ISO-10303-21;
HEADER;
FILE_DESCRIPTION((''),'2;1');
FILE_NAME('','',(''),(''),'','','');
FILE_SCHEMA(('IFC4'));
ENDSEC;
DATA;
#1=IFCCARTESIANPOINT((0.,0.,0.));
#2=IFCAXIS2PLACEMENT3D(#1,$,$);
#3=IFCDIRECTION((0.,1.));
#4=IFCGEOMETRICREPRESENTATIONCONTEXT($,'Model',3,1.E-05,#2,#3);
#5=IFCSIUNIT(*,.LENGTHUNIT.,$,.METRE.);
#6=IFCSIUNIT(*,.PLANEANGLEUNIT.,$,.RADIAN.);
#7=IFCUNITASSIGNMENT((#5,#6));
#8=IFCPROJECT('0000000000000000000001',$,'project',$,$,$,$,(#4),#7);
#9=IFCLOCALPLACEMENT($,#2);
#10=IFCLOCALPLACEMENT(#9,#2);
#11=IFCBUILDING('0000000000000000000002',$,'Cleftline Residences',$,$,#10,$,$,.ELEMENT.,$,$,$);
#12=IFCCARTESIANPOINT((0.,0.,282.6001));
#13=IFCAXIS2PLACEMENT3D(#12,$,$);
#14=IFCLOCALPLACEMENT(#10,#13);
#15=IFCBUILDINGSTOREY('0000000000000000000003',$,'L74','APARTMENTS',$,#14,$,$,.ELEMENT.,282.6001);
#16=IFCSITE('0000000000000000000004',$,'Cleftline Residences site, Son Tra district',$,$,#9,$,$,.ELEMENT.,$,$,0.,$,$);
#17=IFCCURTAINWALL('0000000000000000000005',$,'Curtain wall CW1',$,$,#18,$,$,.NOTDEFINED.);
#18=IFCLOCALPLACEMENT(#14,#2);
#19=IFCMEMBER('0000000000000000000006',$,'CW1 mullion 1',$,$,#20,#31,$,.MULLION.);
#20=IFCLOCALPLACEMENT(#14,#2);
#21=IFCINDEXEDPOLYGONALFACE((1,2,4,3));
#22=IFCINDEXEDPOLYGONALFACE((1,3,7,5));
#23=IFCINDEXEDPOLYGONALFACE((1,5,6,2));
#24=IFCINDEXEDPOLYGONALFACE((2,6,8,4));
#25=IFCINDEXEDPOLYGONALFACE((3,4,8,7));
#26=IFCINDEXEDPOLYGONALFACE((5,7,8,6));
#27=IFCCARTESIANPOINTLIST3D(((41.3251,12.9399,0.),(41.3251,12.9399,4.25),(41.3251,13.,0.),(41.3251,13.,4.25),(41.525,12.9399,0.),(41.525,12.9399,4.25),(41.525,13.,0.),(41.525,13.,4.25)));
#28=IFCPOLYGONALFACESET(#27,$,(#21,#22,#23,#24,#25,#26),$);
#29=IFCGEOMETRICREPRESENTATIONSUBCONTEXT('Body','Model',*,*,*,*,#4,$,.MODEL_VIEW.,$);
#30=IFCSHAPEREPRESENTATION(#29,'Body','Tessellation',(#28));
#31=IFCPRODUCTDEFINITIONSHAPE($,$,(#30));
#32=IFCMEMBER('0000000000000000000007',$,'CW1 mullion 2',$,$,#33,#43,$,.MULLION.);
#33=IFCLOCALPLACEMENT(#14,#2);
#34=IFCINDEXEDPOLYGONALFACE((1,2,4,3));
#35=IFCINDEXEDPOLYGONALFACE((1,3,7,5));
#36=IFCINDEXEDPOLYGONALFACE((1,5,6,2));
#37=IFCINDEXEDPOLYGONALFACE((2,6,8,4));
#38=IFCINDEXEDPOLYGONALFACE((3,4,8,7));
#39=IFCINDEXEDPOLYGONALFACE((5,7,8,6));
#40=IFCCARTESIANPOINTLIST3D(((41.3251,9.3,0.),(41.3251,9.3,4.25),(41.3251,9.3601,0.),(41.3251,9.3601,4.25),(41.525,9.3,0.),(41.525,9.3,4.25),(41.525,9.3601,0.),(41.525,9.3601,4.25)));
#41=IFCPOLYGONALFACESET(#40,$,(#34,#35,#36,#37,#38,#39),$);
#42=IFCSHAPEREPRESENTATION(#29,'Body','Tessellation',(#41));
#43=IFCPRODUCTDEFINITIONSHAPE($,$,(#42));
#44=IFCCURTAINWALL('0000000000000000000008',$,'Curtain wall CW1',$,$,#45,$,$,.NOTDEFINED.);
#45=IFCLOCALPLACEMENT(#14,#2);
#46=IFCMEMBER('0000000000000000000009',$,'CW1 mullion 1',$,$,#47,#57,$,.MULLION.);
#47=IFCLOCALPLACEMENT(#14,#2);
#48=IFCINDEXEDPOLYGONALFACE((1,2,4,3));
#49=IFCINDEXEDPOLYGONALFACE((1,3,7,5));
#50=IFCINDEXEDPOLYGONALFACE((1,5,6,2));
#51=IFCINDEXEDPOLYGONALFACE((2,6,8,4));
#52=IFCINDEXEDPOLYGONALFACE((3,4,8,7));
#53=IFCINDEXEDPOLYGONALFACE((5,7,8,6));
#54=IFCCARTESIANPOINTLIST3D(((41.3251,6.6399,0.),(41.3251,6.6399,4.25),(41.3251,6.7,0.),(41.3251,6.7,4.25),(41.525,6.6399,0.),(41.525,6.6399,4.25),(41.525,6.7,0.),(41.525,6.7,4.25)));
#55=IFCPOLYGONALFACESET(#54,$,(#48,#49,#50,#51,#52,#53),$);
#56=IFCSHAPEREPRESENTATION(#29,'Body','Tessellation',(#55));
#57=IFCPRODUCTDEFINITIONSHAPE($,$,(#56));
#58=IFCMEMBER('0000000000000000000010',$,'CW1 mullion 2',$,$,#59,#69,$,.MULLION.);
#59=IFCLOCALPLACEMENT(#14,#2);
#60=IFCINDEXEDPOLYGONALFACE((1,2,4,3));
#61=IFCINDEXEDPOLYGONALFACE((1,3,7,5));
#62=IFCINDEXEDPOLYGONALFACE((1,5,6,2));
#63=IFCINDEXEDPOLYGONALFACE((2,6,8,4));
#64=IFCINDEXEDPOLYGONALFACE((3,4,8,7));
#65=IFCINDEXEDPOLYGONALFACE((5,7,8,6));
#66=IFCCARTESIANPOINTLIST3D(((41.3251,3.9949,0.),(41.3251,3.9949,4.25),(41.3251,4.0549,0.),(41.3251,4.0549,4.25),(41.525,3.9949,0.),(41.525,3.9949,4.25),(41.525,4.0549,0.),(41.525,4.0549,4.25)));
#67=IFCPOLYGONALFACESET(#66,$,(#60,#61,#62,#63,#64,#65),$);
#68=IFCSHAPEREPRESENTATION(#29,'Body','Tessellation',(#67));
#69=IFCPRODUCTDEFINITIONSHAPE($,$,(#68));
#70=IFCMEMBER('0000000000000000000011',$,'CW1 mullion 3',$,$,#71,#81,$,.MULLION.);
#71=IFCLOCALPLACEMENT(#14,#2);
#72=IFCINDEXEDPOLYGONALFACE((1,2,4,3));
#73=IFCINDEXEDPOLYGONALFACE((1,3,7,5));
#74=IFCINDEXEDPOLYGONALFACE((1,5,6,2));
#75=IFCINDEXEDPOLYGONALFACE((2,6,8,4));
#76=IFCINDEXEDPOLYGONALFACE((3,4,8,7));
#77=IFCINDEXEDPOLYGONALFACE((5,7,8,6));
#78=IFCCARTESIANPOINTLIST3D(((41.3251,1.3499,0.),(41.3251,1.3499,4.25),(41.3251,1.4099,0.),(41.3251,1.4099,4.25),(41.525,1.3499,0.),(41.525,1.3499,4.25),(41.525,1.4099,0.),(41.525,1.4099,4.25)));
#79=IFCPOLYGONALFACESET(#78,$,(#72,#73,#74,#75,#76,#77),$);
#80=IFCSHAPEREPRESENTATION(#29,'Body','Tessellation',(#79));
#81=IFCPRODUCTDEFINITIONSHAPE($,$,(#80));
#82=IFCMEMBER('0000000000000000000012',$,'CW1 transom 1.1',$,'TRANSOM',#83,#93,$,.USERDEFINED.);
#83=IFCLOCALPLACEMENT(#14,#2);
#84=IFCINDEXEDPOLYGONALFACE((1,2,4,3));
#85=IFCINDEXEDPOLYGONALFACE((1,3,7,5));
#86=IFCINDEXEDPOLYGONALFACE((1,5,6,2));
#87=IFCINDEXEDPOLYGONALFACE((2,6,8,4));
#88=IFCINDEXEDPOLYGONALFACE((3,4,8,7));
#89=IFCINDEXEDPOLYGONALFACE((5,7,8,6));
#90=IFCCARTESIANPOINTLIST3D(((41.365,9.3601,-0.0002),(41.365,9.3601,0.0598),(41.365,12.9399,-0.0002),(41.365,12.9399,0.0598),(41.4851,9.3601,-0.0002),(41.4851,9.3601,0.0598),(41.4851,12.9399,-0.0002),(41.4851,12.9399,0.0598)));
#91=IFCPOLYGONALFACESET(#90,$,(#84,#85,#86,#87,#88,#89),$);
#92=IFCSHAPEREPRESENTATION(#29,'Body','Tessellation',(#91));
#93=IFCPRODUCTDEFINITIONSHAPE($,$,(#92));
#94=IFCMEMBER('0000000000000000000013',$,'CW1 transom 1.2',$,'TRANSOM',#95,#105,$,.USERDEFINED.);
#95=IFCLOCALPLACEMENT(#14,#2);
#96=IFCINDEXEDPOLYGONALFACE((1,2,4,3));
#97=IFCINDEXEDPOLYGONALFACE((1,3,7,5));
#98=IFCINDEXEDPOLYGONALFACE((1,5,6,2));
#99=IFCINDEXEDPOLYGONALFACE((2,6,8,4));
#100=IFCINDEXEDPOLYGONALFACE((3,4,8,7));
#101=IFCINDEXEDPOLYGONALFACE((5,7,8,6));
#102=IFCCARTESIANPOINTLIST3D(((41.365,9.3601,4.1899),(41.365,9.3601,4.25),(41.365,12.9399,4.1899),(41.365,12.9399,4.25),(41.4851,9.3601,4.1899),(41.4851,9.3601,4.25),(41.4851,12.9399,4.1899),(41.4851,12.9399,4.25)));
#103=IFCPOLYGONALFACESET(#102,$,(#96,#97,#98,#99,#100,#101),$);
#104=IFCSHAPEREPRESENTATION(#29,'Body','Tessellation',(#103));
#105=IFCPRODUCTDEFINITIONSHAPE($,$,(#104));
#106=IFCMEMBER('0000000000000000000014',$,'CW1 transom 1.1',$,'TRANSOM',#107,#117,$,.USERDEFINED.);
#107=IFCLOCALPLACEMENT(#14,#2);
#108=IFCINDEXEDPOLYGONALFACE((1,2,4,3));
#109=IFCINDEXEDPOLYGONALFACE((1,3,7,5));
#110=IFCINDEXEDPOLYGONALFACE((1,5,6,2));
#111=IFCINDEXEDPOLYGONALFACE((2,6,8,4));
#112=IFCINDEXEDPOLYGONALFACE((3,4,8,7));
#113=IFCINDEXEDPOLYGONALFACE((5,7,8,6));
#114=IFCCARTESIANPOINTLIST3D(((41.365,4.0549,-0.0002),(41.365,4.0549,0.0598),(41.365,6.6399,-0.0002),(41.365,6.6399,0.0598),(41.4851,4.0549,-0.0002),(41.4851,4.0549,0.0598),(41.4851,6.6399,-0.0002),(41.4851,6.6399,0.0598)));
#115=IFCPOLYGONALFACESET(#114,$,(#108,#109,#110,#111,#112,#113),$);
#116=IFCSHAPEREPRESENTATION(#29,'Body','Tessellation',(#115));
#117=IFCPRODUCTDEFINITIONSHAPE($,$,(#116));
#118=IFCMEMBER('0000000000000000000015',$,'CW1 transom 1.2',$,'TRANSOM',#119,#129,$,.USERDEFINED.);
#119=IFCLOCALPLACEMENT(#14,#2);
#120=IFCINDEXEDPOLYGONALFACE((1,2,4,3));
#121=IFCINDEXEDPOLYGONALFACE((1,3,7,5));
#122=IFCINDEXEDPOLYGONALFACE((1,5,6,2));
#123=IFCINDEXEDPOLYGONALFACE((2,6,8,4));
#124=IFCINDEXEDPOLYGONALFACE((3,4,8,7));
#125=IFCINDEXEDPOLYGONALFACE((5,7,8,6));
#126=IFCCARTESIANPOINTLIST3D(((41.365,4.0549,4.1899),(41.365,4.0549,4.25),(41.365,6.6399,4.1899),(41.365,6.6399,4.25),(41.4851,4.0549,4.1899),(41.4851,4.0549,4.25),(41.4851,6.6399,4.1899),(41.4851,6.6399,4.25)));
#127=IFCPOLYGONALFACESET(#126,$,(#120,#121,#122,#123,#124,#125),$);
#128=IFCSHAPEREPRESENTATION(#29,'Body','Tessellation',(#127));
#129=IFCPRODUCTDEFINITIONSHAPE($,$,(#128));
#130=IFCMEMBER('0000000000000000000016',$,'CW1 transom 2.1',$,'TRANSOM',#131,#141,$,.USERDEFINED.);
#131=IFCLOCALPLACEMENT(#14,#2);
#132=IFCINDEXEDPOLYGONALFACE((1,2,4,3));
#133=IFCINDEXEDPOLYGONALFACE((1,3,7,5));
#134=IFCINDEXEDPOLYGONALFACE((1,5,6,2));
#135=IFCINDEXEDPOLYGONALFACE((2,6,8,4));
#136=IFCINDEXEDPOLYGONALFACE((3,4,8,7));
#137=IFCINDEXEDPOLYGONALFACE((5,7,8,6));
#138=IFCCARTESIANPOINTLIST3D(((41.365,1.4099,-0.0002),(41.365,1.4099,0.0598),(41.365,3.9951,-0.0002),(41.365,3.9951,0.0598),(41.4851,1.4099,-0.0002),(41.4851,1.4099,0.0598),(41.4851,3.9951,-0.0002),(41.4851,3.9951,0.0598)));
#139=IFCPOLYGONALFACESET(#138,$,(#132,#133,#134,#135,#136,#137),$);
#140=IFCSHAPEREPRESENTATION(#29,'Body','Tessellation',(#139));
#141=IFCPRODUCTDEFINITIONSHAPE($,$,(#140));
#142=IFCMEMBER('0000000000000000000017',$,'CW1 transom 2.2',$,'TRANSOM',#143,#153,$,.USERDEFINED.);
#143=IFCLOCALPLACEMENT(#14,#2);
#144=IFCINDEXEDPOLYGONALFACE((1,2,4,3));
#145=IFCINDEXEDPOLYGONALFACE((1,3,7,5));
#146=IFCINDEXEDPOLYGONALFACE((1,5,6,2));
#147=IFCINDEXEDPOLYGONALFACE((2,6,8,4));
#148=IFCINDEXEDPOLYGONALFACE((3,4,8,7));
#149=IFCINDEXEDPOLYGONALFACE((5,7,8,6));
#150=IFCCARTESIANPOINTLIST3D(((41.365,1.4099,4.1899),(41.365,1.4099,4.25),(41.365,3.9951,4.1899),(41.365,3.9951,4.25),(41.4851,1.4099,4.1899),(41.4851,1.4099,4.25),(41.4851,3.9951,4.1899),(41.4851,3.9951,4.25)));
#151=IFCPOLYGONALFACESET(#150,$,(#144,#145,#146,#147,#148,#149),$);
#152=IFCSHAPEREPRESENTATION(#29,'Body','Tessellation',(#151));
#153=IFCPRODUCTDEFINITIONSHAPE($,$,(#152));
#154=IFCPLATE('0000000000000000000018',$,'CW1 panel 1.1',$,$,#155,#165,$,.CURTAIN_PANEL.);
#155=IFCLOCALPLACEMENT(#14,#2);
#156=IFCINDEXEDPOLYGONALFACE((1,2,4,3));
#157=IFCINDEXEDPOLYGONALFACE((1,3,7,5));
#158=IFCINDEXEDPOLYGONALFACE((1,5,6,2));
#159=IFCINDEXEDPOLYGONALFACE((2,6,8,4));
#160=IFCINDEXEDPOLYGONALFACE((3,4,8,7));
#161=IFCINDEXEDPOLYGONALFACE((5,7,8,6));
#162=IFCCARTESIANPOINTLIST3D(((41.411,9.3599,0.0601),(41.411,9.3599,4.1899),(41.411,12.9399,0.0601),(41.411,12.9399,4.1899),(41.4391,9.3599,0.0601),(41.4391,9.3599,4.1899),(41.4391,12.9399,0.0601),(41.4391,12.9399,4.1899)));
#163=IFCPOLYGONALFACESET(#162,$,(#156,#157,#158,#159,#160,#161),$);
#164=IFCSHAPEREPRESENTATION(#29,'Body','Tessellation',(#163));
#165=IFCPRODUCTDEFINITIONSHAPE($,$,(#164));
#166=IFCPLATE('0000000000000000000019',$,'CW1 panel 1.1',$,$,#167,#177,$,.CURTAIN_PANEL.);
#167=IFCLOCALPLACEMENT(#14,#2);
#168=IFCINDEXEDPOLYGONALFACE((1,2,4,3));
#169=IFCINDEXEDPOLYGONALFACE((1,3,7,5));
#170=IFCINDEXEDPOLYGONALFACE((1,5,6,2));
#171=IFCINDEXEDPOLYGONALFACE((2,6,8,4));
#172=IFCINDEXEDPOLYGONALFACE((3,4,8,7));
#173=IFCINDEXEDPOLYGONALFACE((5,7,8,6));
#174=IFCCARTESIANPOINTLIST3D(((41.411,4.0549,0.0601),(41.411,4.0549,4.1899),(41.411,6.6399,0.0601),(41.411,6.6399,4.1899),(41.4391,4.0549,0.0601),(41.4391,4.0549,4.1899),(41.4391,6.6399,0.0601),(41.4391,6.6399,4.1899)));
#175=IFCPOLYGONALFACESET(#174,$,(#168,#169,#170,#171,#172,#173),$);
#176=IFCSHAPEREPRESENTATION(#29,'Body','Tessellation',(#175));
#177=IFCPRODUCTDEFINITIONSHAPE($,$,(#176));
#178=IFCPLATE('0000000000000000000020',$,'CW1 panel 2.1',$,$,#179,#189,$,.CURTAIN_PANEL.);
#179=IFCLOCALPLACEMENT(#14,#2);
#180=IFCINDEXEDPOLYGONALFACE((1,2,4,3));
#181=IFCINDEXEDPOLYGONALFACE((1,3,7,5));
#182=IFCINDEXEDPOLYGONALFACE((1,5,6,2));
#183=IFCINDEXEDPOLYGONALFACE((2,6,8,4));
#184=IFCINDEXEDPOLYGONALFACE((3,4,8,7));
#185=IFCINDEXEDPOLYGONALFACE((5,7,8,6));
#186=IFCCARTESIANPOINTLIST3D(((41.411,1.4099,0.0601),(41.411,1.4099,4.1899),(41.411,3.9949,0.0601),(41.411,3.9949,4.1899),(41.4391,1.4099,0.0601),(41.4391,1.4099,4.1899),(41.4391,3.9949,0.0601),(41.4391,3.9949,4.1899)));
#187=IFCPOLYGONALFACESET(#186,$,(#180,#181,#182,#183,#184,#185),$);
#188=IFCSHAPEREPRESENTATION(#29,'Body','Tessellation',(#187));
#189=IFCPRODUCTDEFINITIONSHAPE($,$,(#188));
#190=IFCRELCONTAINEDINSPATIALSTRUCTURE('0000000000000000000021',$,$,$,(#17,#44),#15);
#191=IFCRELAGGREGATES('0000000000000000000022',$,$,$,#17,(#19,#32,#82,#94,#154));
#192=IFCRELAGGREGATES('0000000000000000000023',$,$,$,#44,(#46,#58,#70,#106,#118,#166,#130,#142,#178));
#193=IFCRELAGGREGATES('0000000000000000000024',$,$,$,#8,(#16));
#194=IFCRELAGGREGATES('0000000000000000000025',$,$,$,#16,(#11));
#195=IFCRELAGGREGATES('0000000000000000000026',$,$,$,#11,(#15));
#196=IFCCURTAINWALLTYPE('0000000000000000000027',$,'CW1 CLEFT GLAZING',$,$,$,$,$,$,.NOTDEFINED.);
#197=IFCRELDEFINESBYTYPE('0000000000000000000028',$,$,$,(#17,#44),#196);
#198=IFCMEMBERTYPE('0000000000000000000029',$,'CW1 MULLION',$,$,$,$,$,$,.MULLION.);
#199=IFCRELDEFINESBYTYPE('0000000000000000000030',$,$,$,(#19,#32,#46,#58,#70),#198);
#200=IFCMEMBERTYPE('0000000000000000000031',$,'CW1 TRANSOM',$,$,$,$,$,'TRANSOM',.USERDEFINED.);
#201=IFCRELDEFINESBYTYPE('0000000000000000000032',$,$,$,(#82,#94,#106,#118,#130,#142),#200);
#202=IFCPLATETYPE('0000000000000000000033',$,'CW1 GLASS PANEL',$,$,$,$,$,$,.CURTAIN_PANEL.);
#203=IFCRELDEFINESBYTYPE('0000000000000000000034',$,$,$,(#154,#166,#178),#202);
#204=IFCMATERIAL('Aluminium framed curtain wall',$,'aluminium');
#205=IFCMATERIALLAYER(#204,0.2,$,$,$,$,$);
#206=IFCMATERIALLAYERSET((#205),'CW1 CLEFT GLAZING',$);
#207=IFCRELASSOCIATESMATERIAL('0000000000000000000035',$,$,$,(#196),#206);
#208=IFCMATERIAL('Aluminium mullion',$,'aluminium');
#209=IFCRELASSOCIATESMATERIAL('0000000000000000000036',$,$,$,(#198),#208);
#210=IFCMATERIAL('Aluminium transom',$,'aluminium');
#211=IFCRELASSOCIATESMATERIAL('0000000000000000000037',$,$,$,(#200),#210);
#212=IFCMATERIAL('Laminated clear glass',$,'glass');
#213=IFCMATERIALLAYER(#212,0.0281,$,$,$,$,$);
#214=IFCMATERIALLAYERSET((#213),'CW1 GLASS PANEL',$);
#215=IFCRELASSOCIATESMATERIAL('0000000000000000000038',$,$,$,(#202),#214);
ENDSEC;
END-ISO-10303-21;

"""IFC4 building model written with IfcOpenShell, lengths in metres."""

from ifc_helpers import new_model, si_unit, direction, frame, origin, origin_2d, place, context, subcontext, project, spatial, rectangle, extrude, material, layer, layer_set, material_profile, profile_set, type_object, element, aggregate, save


model = new_model("IFC4")

# Units and contexts
model_context = context("Model", 3, precision=1e-05, world=origin(), true_north=direction((0.0, 1.0)))
body_context = subcontext(model_context, "Body", "Model", "MODEL_VIEW")
ifc_project = project(units=[si_unit("LENGTHUNIT", "METRE"), si_unit("PLANEANGLEUNIT", "RADIAN")], contexts=[model_context])

# Site, building, storey
site_placement = place(None, origin())
site = spatial("IfcSite", under=ifc_project, at=site_placement, Name="Cleftline Residences site, Son Tra district", CompositionType="ELEMENT", RefElevation=0.0)
building_placement = place(site_placement, origin())
building = spatial("IfcBuilding", under=site, at=building_placement, Name="Cleftline Residences", CompositionType="ELEMENT")
storey_placement = place(building_placement, frame((0.0, 0.0, 282.6001)))
storey = spatial("IfcBuildingStorey", under=building, at=storey_placement, Name="L74", Description="APARTMENTS", CompositionType="ELEMENT", Elevation=282.6001)

# Curtain walls, members
ifc_material_1 = material(Name="Aluminium framed curtain wall", Category="aluminium")
ifc_layer_1 = layer(ifc_material_1, 0.2)
ifc_layer_set_1 = layer_set([ifc_layer_1], Name="CW1 CLEFT GLAZING")
curtain_wall_type = type_object("IfcCurtainWallType", Name="CW1 CLEFT GLAZING", PredefinedType="NOTDEFINED", material=ifc_layer_set_1)
curtain_wall_1_placement = place(storey_placement, origin())
curtain_wall_1 = element("IfcCurtainWall", 1, at=curtain_wall_1_placement, inside=storey, type_object=curtain_wall_type, Name="Curtain wall CW1", PredefinedType="NOTDEFINED")
ifc_material_2 = material(Name="Aluminium mullion", Category="aluminium")
ifc_material_profile_1 = material_profile(ifc_material_2, rectangle(XDim=0.2, YDim=0.0601, at=origin_2d()))
ifc_profile_set_1 = profile_set([ifc_material_profile_1], Name="Aluminium mullion")
member_type_1 = type_object("IfcMemberType", Name="CW1 MULLION", PredefinedType="MULLION", material=ifc_profile_set_1)
member_1_placement = place(storey_placement, frame((41.425, 12.97, 0.0), z_axis=(0.0, 0.0, 1.0), x_axis=(1.0, 0.0, 0.0)))
member_1 = element("IfcMember", 2, at=member_1_placement, type_object=member_type_1, Name="CW1 mullion 1", PredefinedType="MULLION", context=body_context, shape_type="SweptSolid", body=[
    extrude(rectangle(XDim=0.2, YDim=0.0601, at=origin_2d()), origin(), (0.0, 0.0, 1.0), 4.25),
])
member_2_placement = place(storey_placement, frame((41.425, 9.3301, 0.0), z_axis=(0.0, 0.0, 1.0), x_axis=(1.0, 0.0, 0.0)))
member_2 = element("IfcMember", 3, at=member_2_placement, type_object=member_type_1, Name="CW1 mullion 2", PredefinedType="MULLION", context=body_context, shape_type="SweptSolid", body=[
    extrude(rectangle(XDim=0.2, YDim=0.0601, at=origin_2d()), origin(), (0.0, 0.0, 1.0), 4.25),
])
curtain_wall_2_placement = place(storey_placement, origin())
curtain_wall_2 = element("IfcCurtainWall", 4, at=curtain_wall_2_placement, inside=storey, type_object=curtain_wall_type, Name="Curtain wall CW1", PredefinedType="NOTDEFINED")
member_3_placement = place(storey_placement, frame((41.425, 6.6699, 0.0), z_axis=(0.0, 0.0, 1.0), x_axis=(1.0, 0.0, 0.0)))
member_3 = element("IfcMember", 5, at=member_3_placement, type_object=member_type_1, Name="CW1 mullion 1", PredefinedType="MULLION", context=body_context, shape_type="SweptSolid", body=[
    extrude(rectangle(XDim=0.2, YDim=0.0601, at=origin_2d()), origin(), (0.0, 0.0, 1.0), 4.25),
])
member_4_placement = place(storey_placement, frame((41.425, 4.0249, 0.0), z_axis=(0.0, 0.0, 1.0), x_axis=(1.0, 0.0, 0.0)))
member_4 = element("IfcMember", 6, at=member_4_placement, type_object=member_type_1, Name="CW1 mullion 2", PredefinedType="MULLION", context=body_context, shape_type="SweptSolid", body=[
    extrude(rectangle(XDim=0.2, YDim=0.0601, at=origin_2d()), origin(), (0.0, 0.0, 1.0), 4.25),
])
member_5_placement = place(storey_placement, frame((41.425, 1.3799, 0.0), z_axis=(0.0, 0.0, 1.0), x_axis=(1.0, 0.0, 0.0)))
member_5 = element("IfcMember", 7, at=member_5_placement, type_object=member_type_1, Name="CW1 mullion 3", PredefinedType="MULLION", context=body_context, shape_type="SweptSolid", body=[
    extrude(rectangle(XDim=0.2, YDim=0.0601, at=origin_2d()), origin(), (0.0, 0.0, 1.0), 4.25),
])

# Members
ifc_material_3 = material(Name="Aluminium transom", Category="aluminium")
ifc_material_profile_2 = material_profile(ifc_material_3, rectangle(XDim=0.1201, YDim=0.0601, at=origin_2d()))
ifc_profile_set_2 = profile_set([ifc_material_profile_2], Name="Aluminium transom")
member_type_2 = type_object("IfcMemberType", Name="CW1 TRANSOM", ElementType="TRANSOM", PredefinedType="USERDEFINED", material=ifc_profile_set_2)
member_6_placement = place(storey_placement, frame((41.425, 12.9399, 0.0298), z_axis=(0.0, -1.0, 0.0), x_axis=(1.0, 0.0, 0.0)))
member_6 = element("IfcMember", 8, at=member_6_placement, type_object=member_type_2, Name="CW1 transom 1.1", ObjectType="TRANSOM", PredefinedType="USERDEFINED", context=body_context, shape_type="SweptSolid", body=[
    extrude(rectangle(XDim=0.1201, YDim=0.0601, at=origin_2d()), origin(), (0.0, 0.0, 1.0), 3.5798),
])
member_7_placement = place(storey_placement, frame((41.425, 12.9399, 4.22), z_axis=(0.0, -1.0, 0.0), x_axis=(1.0, 0.0, 0.0)))
member_7 = element("IfcMember", 9, at=member_7_placement, type_object=member_type_2, Name="CW1 transom 1.2", ObjectType="TRANSOM", PredefinedType="USERDEFINED", context=body_context, shape_type="SweptSolid", body=[
    extrude(rectangle(XDim=0.1201, YDim=0.0601, at=origin_2d()), origin(), (0.0, 0.0, 1.0), 3.5798),
])
member_8_placement = place(storey_placement, frame((41.425, 6.6399, 0.0298), z_axis=(0.0, -1.0, 0.0), x_axis=(1.0, 0.0, 0.0)))
member_8 = element("IfcMember", 10, at=member_8_placement, type_object=member_type_2, Name="CW1 transom 1.1", ObjectType="TRANSOM", PredefinedType="USERDEFINED", context=body_context, shape_type="SweptSolid", body=[
    extrude(rectangle(XDim=0.1201, YDim=0.0601, at=origin_2d()), origin(), (0.0, 0.0, 1.0), 2.585),
])
member_9_placement = place(storey_placement, frame((41.425, 6.6399, 4.22), z_axis=(0.0, -1.0, 0.0), x_axis=(1.0, 0.0, 0.0)))
member_9 = element("IfcMember", 11, at=member_9_placement, type_object=member_type_2, Name="CW1 transom 1.2", ObjectType="TRANSOM", PredefinedType="USERDEFINED", context=body_context, shape_type="SweptSolid", body=[
    extrude(rectangle(XDim=0.1201, YDim=0.0601, at=origin_2d()), origin(), (0.0, 0.0, 1.0), 2.585),
])
member_10_placement = place(storey_placement, frame((41.425, 3.9951, 0.0298), z_axis=(0.0, -1.0, 0.0), x_axis=(1.0, 0.0, 0.0)))
member_10 = element("IfcMember", 12, at=member_10_placement, type_object=member_type_2, Name="CW1 transom 2.1", ObjectType="TRANSOM", PredefinedType="USERDEFINED", context=body_context, shape_type="SweptSolid", body=[
    extrude(rectangle(XDim=0.1201, YDim=0.0601, at=origin_2d()), origin(), (0.0, 0.0, 1.0), 2.5852),
])
member_11_placement = place(storey_placement, frame((41.425, 3.9951, 4.22), z_axis=(0.0, -1.0, 0.0), x_axis=(1.0, 0.0, 0.0)))
member_11 = element("IfcMember", 13, at=member_11_placement, type_object=member_type_2, Name="CW1 transom 2.2", ObjectType="TRANSOM", PredefinedType="USERDEFINED", context=body_context, shape_type="SweptSolid", body=[
    extrude(rectangle(XDim=0.1201, YDim=0.0601, at=origin_2d()), origin(), (0.0, 0.0, 1.0), 2.5852),
])

# Plates
ifc_material_4 = material(Name="Laminated clear glass", Category="glass")
ifc_layer_2 = layer(ifc_material_4, 0.0281)
ifc_layer_set_2 = layer_set([ifc_layer_2], Name="CW1 GLASS PANEL")
plate_type = type_object("IfcPlateType", Name="CW1 GLASS PANEL", PredefinedType="CURTAIN_PANEL", material=ifc_layer_set_2)
plate_1_placement = place(storey_placement, frame((41.425, 11.1499, 0.0601), z_axis=(0.0, 0.0, 1.0), x_axis=(0.0, -1.0, 0.0)))
plate_1 = element("IfcPlate", 14, at=plate_1_placement, type_object=plate_type, Name="CW1 panel 1.1", PredefinedType="CURTAIN_PANEL", context=body_context, shape_type="SweptSolid", body=[
    extrude(rectangle(XDim=3.5801, YDim=0.0281, at=origin_2d()), origin(), (0.0, 0.0, 1.0), 4.1299),
])
aggregate(curtain_wall_1, [member_1, member_2, member_6, member_7, plate_1])
plate_2_placement = place(storey_placement, frame((41.425, 5.3474, 0.0601), z_axis=(0.0, 0.0, 1.0), x_axis=(0.0, -1.0, 0.0)))
plate_2 = element("IfcPlate", 15, at=plate_2_placement, type_object=plate_type, Name="CW1 panel 1.1", PredefinedType="CURTAIN_PANEL", context=body_context, shape_type="SweptSolid", body=[
    extrude(rectangle(XDim=2.585, YDim=0.0281, at=origin_2d()), origin(), (0.0, 0.0, 1.0), 4.1299),
])
plate_3_placement = place(storey_placement, frame((41.425, 2.7024, 0.0601), z_axis=(0.0, 0.0, 1.0), x_axis=(0.0, -1.0, 0.0)))
plate_3 = element("IfcPlate", 16, at=plate_3_placement, type_object=plate_type, Name="CW1 panel 2.1", PredefinedType="CURTAIN_PANEL", context=body_context, shape_type="SweptSolid", body=[
    extrude(rectangle(XDim=2.585, YDim=0.0281, at=origin_2d()), origin(), (0.0, 0.0, 1.0), 4.1299),
])
aggregate(curtain_wall_2, [member_3, member_4, member_5, member_8, member_9, plate_2, member_10, member_11, plate_3])

save(model, "model.ifc")
